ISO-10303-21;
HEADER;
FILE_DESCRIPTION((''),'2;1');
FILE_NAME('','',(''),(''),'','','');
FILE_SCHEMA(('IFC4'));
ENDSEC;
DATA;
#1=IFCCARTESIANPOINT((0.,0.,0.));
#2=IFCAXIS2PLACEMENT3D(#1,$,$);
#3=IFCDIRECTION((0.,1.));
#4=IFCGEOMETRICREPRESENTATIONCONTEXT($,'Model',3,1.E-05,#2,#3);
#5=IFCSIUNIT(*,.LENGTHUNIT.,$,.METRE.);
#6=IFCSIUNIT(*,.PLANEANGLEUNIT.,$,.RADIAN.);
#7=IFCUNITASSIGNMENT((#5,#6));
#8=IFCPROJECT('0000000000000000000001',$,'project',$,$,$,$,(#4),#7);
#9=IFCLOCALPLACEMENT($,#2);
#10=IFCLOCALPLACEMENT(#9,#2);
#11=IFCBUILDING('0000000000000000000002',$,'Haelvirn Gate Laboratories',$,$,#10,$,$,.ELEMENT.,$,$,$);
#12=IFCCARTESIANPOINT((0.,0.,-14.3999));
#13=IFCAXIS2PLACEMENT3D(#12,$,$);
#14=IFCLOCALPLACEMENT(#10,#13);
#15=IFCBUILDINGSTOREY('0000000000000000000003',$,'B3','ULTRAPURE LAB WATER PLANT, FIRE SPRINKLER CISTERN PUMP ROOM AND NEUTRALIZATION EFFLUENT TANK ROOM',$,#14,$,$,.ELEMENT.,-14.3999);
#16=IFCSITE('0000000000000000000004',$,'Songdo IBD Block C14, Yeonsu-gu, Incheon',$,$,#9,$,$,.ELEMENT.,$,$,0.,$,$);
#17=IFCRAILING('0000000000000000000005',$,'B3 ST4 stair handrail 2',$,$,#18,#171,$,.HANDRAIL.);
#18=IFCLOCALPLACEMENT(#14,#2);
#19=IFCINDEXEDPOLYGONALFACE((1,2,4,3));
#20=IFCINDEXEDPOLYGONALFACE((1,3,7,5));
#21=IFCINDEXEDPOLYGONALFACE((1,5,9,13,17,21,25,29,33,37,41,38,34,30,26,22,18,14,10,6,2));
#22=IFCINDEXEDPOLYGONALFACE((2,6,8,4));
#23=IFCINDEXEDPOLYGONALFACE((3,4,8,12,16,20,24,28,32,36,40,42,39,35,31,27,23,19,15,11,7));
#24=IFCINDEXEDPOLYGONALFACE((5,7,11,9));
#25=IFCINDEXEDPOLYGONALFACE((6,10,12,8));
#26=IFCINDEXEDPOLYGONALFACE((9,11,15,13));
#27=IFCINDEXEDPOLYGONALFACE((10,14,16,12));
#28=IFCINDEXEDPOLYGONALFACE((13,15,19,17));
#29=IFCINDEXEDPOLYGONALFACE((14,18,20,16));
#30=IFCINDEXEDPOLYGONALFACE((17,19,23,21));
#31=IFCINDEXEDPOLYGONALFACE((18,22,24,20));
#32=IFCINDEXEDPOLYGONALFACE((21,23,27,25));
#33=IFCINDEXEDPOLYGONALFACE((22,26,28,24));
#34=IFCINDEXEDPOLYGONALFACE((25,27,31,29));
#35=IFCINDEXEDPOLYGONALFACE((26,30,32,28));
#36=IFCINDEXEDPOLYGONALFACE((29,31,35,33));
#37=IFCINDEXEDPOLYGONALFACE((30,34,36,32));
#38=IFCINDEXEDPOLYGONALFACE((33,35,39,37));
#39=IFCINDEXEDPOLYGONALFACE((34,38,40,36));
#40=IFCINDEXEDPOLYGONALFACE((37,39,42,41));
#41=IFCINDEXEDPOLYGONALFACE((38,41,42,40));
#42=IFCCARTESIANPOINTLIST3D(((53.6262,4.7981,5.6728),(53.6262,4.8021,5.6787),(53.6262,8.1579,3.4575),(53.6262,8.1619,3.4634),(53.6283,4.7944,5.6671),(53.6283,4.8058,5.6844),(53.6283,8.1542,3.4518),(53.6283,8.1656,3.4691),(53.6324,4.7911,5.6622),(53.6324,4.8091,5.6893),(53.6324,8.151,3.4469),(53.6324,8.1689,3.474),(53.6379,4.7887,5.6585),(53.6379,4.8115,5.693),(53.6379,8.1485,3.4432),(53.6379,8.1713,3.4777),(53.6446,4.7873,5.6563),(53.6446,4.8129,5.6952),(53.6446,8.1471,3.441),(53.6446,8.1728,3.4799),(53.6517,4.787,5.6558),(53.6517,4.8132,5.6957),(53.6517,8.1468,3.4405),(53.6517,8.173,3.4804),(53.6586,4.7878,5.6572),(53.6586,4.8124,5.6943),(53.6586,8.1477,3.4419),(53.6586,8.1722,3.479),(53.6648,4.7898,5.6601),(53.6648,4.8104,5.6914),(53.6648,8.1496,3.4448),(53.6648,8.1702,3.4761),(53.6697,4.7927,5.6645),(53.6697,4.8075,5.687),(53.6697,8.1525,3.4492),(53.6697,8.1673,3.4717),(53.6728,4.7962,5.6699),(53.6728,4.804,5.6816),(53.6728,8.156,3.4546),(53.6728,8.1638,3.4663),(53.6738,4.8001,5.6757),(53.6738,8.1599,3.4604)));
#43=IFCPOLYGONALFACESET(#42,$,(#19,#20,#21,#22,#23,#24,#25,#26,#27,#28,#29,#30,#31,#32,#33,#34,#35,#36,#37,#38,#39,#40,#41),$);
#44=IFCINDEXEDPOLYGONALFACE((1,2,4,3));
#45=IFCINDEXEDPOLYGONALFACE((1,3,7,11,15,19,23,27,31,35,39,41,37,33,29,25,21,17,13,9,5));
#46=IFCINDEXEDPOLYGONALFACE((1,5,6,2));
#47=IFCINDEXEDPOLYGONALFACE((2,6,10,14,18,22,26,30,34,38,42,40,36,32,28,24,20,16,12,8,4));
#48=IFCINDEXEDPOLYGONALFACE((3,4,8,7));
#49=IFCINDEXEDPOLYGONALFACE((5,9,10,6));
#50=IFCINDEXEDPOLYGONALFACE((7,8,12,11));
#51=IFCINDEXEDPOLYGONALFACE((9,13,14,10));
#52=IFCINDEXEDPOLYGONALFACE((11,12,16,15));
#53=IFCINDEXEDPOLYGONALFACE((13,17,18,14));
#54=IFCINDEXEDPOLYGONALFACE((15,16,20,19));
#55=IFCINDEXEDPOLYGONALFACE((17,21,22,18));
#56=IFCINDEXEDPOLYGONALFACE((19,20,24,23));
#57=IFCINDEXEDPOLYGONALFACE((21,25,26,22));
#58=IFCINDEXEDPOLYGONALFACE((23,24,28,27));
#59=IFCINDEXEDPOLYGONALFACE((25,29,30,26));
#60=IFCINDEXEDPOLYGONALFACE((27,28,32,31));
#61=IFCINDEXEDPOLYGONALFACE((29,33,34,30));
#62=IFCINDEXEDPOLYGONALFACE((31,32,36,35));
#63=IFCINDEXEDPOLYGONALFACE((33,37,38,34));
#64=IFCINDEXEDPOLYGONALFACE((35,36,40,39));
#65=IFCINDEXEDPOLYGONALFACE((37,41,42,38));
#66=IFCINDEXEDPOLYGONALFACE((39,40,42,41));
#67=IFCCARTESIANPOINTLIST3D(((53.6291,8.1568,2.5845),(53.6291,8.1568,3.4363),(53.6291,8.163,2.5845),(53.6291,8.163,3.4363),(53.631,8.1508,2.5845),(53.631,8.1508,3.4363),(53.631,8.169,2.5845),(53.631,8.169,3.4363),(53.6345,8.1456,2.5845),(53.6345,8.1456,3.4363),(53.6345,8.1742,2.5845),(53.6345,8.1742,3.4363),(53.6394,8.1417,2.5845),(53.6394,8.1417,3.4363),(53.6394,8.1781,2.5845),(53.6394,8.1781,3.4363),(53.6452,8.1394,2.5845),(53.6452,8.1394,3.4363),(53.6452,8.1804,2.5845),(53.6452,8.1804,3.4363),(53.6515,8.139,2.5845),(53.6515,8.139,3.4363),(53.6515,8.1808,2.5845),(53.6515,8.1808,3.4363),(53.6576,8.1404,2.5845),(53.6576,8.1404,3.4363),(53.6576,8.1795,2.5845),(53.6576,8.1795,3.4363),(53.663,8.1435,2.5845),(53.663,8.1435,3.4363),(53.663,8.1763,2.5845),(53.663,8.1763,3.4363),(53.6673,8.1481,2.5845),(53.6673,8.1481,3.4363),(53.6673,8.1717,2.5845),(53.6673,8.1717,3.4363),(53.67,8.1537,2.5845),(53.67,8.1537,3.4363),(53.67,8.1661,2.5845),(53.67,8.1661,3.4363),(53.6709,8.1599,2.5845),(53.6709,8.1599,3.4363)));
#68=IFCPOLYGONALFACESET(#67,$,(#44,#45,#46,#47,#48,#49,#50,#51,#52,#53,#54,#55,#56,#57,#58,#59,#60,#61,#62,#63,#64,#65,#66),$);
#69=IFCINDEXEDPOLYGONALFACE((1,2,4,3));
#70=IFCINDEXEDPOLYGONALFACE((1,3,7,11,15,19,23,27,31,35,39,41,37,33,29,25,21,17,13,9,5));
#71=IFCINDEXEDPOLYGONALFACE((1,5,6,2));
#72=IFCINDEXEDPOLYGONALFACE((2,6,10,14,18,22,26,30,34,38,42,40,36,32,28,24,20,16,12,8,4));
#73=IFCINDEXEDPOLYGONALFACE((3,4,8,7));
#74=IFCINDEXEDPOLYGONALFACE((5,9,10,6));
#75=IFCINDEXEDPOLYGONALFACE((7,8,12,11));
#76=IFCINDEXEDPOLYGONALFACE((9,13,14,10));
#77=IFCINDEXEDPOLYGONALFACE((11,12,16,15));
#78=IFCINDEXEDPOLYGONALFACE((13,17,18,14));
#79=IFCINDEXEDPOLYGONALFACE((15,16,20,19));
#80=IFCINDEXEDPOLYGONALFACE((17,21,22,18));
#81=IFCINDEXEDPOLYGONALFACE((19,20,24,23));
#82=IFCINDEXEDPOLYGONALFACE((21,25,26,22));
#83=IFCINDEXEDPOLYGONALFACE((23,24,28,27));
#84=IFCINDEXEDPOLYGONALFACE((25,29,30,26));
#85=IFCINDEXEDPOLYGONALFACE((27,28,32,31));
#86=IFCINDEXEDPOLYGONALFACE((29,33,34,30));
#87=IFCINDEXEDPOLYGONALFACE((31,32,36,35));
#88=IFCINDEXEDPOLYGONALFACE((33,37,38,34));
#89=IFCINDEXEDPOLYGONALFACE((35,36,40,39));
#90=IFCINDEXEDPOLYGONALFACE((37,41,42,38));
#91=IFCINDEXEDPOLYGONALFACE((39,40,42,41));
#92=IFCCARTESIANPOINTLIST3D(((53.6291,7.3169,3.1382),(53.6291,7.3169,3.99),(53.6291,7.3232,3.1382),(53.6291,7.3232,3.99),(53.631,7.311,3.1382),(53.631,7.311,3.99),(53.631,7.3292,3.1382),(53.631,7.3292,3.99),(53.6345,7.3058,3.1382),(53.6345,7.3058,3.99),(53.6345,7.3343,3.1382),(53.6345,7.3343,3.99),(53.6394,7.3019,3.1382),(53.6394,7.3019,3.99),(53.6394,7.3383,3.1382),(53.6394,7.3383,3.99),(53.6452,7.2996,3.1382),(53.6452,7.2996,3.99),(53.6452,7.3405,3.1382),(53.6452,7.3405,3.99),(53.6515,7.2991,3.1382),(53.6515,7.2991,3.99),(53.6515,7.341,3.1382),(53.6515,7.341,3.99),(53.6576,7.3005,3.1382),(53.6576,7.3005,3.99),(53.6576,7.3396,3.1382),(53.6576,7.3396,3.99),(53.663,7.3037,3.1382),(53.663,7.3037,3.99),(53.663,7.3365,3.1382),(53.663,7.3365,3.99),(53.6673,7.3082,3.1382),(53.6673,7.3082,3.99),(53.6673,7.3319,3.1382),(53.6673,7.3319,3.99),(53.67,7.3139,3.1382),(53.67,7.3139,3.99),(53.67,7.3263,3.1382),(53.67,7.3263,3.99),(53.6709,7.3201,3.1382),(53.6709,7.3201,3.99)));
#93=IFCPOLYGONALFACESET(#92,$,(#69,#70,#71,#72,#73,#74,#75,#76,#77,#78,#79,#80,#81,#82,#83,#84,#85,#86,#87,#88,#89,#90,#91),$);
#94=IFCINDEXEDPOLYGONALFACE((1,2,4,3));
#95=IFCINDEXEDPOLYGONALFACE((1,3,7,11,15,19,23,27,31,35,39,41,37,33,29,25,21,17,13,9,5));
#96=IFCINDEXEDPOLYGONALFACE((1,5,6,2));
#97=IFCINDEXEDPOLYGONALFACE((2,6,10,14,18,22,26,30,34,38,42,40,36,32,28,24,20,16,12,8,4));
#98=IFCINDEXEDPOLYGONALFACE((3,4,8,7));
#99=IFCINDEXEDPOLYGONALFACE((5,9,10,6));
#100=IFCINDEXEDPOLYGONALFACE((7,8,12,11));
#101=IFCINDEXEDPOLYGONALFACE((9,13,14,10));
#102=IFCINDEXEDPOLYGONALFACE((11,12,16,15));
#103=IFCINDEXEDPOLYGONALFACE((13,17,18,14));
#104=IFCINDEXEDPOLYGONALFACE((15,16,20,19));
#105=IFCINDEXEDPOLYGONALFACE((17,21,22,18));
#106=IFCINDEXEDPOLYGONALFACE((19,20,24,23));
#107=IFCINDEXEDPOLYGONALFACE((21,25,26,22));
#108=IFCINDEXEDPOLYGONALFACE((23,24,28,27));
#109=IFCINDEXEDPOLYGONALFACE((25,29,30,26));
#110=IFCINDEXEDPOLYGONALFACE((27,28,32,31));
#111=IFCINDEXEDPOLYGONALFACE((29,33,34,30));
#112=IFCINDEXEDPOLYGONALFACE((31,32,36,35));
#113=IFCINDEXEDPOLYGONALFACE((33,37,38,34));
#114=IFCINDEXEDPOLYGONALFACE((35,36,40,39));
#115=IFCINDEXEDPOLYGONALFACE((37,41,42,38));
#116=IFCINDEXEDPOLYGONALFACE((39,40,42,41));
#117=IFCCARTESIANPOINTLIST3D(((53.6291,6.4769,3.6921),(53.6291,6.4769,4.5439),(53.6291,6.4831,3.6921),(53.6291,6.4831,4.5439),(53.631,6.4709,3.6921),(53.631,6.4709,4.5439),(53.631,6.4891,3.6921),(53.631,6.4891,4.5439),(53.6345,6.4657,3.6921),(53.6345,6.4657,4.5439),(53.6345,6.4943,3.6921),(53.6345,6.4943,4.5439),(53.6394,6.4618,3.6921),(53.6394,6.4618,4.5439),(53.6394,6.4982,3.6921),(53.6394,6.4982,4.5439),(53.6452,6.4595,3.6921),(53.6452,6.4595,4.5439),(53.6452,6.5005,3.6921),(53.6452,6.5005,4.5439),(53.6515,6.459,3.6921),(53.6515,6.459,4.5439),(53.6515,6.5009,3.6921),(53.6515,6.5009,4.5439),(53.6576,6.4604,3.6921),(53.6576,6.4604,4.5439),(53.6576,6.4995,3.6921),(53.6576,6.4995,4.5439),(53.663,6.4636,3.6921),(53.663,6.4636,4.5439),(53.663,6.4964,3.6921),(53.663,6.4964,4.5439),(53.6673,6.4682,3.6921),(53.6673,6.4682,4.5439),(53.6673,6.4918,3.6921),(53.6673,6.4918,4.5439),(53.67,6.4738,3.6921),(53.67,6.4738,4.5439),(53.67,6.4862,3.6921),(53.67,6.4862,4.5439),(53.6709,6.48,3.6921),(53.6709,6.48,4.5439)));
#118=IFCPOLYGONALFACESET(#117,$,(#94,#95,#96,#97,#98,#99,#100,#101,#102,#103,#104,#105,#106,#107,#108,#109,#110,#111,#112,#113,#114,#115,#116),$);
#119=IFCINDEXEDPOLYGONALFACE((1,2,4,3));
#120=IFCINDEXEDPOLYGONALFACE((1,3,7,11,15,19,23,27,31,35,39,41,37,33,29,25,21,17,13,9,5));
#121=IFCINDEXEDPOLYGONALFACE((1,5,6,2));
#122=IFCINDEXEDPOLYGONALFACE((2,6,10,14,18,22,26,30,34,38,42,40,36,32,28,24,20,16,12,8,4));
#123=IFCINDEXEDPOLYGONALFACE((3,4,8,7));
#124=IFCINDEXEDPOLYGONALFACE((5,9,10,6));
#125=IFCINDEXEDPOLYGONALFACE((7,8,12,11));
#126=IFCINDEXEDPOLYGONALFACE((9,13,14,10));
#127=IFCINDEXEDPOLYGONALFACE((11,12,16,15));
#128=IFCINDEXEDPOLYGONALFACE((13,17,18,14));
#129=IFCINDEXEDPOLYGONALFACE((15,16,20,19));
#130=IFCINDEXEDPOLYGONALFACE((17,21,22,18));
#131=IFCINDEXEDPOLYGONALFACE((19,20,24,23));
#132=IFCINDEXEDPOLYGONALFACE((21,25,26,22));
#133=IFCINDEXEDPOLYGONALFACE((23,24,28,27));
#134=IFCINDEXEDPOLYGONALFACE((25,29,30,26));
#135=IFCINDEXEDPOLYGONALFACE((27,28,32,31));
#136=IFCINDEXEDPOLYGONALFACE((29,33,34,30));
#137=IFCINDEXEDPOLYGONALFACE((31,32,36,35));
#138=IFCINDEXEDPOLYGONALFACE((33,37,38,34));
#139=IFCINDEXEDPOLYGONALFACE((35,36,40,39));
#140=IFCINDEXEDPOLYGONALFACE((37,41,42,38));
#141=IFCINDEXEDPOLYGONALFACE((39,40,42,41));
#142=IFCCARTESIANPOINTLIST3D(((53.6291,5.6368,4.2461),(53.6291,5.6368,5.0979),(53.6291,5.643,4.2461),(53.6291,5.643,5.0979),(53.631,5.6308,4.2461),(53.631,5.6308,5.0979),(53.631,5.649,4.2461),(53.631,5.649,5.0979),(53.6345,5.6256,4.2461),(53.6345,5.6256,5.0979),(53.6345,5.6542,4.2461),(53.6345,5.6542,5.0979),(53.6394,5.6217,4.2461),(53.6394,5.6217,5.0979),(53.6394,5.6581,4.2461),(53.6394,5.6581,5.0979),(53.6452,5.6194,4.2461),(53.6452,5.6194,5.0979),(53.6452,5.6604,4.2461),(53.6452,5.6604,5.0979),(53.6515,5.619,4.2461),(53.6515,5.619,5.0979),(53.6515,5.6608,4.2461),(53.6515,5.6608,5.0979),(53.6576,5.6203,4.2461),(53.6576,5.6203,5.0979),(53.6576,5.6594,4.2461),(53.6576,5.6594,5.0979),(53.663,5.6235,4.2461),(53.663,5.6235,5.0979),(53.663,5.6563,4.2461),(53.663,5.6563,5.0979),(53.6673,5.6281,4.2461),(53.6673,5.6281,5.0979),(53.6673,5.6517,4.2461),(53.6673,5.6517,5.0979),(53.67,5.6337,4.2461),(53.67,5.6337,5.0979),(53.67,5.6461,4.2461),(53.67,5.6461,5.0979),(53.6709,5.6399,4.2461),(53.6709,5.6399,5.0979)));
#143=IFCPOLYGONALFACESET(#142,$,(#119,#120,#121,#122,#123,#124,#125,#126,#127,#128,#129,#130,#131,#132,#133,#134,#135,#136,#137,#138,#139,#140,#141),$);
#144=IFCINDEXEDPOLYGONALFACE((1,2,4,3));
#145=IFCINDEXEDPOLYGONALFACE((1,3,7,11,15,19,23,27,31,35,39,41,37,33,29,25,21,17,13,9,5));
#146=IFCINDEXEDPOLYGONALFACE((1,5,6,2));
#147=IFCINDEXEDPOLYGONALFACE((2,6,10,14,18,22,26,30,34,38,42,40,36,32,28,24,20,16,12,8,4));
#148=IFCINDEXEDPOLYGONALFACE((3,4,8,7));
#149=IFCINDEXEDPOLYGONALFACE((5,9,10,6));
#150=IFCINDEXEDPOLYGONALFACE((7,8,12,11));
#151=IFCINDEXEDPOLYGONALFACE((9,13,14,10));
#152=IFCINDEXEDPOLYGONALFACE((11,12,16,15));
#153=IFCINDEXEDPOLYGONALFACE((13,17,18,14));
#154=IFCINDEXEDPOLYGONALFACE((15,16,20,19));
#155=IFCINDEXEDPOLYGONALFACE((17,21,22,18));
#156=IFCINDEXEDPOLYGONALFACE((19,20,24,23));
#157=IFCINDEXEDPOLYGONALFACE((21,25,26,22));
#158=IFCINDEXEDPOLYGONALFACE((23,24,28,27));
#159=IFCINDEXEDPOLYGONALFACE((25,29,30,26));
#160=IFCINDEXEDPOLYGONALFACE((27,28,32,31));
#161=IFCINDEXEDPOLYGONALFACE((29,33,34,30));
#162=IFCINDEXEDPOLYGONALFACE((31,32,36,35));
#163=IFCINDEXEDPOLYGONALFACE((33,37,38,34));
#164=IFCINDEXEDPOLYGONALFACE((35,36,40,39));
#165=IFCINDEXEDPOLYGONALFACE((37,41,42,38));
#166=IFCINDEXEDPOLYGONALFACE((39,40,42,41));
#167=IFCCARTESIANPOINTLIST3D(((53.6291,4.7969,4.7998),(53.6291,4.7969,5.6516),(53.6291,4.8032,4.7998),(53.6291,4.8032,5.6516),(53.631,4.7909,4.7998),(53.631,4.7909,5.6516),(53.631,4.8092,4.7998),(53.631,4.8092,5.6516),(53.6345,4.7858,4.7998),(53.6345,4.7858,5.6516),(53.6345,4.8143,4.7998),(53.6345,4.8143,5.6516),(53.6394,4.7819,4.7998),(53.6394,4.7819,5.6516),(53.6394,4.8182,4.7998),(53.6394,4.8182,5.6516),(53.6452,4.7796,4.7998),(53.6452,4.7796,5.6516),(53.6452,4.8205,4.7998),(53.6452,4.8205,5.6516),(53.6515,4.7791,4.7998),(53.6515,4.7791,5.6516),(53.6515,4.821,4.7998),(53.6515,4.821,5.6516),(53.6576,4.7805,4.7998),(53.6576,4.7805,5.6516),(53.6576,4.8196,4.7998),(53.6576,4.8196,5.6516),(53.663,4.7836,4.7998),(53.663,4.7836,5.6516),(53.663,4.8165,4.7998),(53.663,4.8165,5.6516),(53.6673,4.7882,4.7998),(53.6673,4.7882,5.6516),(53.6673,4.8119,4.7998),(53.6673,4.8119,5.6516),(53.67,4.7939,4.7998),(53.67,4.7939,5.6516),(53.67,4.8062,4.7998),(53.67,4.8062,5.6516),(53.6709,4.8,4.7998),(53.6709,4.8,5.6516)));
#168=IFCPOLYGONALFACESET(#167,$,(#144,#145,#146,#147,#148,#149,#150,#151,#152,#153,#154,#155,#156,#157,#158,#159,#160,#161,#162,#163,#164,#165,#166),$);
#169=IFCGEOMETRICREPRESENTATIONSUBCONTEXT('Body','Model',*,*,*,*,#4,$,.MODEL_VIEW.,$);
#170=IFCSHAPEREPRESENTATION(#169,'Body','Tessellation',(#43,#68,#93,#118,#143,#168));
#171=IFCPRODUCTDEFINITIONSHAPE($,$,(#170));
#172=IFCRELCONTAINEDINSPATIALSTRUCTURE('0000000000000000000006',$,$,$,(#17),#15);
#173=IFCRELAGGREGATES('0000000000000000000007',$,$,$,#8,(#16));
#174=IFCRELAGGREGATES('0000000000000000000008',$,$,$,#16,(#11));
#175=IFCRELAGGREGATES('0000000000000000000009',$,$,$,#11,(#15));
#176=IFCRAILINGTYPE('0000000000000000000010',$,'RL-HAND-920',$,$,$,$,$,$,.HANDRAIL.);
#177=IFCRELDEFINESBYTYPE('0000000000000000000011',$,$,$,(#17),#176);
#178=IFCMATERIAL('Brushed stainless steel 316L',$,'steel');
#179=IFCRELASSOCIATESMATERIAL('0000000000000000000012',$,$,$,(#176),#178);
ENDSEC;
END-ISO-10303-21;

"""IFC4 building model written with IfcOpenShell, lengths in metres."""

from ifc_helpers import new_model, si_unit, direction, frame, origin, origin_2d, place, context, subcontext, project, spatial, circle, extrude, source, transform, mapped, material, type_object, type_shapes, element, save


model = new_model("IFC4")

# Units and contexts
model_context = context("Model", 3, precision=1e-05, world=origin(), true_north=direction((0.0, 1.0)))
body_context = subcontext(model_context, "Body", "Model", "MODEL_VIEW")
ifc_project = project(units=[si_unit("LENGTHUNIT", "METRE"), si_unit("PLANEANGLEUNIT", "RADIAN")], contexts=[model_context])

# Site, building, storey
site_placement = place(None, origin())
site = spatial("IfcSite", under=ifc_project, at=site_placement, Name="Songdo IBD Block C14, Yeonsu-gu, Incheon", CompositionType="ELEMENT", RefElevation=0.0)
building_placement = place(site_placement, origin())
building = spatial("IfcBuilding", under=site, at=building_placement, Name="Haelvirn Gate Laboratories", CompositionType="ELEMENT")
storey_placement = place(building_placement, frame((0.0, 0.0, -14.3999)))
storey = spatial("IfcBuildingStorey", under=building, at=storey_placement, Name="B3", Description="ULTRAPURE LAB WATER PLANT, FIRE SPRINKLER CISTERN PUMP ROOM AND NEUTRALIZATION EFFLUENT TANK ROOM", CompositionType="ELEMENT", Elevation=-14.3999)

# Railing
ifc_material_1 = material(Name="Brushed stainless steel 316L", Category="steel")
railing_type_1 = type_object("IfcRailingType", Name="RL-HAND-920", PredefinedType="HANDRAIL", material=ifc_material_1)
shared_shape_1 = source(origin(), body_context, "Body", "SweptSolid", [
    extrude(circle(Radius=0.0239, at=origin_2d()), frame((0.0, 0.0, 0.876), z_axis=(0.0, -0.834858, 0.550465), x_axis=(1.0, 0.0, 0.0)), (0.0, 0.0, 1.0), 4.0244),
    extrude(circle(Radius=0.021, at=origin_2d()), origin(), (0.0, 0.0, 1.0), 0.8518),
    extrude(circle(Radius=0.021, at=origin_2d()), frame((0.0, -0.8398, 0.5537)), (0.0, 0.0, 1.0), 0.8518),
    extrude(circle(Radius=0.021, at=origin_2d()), frame((0.0, -1.6799, 1.1077)), (0.0, 0.0, 1.0), 0.8518),
    extrude(circle(Radius=0.021, at=origin_2d()), frame((0.0, -2.52, 1.6616)), (0.0, 0.0, 1.0), 0.8518),
    extrude(circle(Radius=0.021, at=origin_2d()), frame((0.0, -3.3599, 2.2153)), (0.0, 0.0, 1.0), 0.8518),
])
type_shapes(railing_type_1, [shared_shape_1])
railing_1_placement = place(storey_placement, frame((53.6499, 8.1599, 2.5845)))
element("IfcRailing", 1, at=railing_1_placement, inside=storey, type_object=railing_type_1, Name="B3 ST4 stair handrail 2", PredefinedType="HANDRAIL", context=body_context, shape_type="MappedRepresentation", body=[
    mapped(shared_shape_1, transform((0.0, 0.0, 0.0), scale=1.0)),
])

save(model, "model.ifc")
